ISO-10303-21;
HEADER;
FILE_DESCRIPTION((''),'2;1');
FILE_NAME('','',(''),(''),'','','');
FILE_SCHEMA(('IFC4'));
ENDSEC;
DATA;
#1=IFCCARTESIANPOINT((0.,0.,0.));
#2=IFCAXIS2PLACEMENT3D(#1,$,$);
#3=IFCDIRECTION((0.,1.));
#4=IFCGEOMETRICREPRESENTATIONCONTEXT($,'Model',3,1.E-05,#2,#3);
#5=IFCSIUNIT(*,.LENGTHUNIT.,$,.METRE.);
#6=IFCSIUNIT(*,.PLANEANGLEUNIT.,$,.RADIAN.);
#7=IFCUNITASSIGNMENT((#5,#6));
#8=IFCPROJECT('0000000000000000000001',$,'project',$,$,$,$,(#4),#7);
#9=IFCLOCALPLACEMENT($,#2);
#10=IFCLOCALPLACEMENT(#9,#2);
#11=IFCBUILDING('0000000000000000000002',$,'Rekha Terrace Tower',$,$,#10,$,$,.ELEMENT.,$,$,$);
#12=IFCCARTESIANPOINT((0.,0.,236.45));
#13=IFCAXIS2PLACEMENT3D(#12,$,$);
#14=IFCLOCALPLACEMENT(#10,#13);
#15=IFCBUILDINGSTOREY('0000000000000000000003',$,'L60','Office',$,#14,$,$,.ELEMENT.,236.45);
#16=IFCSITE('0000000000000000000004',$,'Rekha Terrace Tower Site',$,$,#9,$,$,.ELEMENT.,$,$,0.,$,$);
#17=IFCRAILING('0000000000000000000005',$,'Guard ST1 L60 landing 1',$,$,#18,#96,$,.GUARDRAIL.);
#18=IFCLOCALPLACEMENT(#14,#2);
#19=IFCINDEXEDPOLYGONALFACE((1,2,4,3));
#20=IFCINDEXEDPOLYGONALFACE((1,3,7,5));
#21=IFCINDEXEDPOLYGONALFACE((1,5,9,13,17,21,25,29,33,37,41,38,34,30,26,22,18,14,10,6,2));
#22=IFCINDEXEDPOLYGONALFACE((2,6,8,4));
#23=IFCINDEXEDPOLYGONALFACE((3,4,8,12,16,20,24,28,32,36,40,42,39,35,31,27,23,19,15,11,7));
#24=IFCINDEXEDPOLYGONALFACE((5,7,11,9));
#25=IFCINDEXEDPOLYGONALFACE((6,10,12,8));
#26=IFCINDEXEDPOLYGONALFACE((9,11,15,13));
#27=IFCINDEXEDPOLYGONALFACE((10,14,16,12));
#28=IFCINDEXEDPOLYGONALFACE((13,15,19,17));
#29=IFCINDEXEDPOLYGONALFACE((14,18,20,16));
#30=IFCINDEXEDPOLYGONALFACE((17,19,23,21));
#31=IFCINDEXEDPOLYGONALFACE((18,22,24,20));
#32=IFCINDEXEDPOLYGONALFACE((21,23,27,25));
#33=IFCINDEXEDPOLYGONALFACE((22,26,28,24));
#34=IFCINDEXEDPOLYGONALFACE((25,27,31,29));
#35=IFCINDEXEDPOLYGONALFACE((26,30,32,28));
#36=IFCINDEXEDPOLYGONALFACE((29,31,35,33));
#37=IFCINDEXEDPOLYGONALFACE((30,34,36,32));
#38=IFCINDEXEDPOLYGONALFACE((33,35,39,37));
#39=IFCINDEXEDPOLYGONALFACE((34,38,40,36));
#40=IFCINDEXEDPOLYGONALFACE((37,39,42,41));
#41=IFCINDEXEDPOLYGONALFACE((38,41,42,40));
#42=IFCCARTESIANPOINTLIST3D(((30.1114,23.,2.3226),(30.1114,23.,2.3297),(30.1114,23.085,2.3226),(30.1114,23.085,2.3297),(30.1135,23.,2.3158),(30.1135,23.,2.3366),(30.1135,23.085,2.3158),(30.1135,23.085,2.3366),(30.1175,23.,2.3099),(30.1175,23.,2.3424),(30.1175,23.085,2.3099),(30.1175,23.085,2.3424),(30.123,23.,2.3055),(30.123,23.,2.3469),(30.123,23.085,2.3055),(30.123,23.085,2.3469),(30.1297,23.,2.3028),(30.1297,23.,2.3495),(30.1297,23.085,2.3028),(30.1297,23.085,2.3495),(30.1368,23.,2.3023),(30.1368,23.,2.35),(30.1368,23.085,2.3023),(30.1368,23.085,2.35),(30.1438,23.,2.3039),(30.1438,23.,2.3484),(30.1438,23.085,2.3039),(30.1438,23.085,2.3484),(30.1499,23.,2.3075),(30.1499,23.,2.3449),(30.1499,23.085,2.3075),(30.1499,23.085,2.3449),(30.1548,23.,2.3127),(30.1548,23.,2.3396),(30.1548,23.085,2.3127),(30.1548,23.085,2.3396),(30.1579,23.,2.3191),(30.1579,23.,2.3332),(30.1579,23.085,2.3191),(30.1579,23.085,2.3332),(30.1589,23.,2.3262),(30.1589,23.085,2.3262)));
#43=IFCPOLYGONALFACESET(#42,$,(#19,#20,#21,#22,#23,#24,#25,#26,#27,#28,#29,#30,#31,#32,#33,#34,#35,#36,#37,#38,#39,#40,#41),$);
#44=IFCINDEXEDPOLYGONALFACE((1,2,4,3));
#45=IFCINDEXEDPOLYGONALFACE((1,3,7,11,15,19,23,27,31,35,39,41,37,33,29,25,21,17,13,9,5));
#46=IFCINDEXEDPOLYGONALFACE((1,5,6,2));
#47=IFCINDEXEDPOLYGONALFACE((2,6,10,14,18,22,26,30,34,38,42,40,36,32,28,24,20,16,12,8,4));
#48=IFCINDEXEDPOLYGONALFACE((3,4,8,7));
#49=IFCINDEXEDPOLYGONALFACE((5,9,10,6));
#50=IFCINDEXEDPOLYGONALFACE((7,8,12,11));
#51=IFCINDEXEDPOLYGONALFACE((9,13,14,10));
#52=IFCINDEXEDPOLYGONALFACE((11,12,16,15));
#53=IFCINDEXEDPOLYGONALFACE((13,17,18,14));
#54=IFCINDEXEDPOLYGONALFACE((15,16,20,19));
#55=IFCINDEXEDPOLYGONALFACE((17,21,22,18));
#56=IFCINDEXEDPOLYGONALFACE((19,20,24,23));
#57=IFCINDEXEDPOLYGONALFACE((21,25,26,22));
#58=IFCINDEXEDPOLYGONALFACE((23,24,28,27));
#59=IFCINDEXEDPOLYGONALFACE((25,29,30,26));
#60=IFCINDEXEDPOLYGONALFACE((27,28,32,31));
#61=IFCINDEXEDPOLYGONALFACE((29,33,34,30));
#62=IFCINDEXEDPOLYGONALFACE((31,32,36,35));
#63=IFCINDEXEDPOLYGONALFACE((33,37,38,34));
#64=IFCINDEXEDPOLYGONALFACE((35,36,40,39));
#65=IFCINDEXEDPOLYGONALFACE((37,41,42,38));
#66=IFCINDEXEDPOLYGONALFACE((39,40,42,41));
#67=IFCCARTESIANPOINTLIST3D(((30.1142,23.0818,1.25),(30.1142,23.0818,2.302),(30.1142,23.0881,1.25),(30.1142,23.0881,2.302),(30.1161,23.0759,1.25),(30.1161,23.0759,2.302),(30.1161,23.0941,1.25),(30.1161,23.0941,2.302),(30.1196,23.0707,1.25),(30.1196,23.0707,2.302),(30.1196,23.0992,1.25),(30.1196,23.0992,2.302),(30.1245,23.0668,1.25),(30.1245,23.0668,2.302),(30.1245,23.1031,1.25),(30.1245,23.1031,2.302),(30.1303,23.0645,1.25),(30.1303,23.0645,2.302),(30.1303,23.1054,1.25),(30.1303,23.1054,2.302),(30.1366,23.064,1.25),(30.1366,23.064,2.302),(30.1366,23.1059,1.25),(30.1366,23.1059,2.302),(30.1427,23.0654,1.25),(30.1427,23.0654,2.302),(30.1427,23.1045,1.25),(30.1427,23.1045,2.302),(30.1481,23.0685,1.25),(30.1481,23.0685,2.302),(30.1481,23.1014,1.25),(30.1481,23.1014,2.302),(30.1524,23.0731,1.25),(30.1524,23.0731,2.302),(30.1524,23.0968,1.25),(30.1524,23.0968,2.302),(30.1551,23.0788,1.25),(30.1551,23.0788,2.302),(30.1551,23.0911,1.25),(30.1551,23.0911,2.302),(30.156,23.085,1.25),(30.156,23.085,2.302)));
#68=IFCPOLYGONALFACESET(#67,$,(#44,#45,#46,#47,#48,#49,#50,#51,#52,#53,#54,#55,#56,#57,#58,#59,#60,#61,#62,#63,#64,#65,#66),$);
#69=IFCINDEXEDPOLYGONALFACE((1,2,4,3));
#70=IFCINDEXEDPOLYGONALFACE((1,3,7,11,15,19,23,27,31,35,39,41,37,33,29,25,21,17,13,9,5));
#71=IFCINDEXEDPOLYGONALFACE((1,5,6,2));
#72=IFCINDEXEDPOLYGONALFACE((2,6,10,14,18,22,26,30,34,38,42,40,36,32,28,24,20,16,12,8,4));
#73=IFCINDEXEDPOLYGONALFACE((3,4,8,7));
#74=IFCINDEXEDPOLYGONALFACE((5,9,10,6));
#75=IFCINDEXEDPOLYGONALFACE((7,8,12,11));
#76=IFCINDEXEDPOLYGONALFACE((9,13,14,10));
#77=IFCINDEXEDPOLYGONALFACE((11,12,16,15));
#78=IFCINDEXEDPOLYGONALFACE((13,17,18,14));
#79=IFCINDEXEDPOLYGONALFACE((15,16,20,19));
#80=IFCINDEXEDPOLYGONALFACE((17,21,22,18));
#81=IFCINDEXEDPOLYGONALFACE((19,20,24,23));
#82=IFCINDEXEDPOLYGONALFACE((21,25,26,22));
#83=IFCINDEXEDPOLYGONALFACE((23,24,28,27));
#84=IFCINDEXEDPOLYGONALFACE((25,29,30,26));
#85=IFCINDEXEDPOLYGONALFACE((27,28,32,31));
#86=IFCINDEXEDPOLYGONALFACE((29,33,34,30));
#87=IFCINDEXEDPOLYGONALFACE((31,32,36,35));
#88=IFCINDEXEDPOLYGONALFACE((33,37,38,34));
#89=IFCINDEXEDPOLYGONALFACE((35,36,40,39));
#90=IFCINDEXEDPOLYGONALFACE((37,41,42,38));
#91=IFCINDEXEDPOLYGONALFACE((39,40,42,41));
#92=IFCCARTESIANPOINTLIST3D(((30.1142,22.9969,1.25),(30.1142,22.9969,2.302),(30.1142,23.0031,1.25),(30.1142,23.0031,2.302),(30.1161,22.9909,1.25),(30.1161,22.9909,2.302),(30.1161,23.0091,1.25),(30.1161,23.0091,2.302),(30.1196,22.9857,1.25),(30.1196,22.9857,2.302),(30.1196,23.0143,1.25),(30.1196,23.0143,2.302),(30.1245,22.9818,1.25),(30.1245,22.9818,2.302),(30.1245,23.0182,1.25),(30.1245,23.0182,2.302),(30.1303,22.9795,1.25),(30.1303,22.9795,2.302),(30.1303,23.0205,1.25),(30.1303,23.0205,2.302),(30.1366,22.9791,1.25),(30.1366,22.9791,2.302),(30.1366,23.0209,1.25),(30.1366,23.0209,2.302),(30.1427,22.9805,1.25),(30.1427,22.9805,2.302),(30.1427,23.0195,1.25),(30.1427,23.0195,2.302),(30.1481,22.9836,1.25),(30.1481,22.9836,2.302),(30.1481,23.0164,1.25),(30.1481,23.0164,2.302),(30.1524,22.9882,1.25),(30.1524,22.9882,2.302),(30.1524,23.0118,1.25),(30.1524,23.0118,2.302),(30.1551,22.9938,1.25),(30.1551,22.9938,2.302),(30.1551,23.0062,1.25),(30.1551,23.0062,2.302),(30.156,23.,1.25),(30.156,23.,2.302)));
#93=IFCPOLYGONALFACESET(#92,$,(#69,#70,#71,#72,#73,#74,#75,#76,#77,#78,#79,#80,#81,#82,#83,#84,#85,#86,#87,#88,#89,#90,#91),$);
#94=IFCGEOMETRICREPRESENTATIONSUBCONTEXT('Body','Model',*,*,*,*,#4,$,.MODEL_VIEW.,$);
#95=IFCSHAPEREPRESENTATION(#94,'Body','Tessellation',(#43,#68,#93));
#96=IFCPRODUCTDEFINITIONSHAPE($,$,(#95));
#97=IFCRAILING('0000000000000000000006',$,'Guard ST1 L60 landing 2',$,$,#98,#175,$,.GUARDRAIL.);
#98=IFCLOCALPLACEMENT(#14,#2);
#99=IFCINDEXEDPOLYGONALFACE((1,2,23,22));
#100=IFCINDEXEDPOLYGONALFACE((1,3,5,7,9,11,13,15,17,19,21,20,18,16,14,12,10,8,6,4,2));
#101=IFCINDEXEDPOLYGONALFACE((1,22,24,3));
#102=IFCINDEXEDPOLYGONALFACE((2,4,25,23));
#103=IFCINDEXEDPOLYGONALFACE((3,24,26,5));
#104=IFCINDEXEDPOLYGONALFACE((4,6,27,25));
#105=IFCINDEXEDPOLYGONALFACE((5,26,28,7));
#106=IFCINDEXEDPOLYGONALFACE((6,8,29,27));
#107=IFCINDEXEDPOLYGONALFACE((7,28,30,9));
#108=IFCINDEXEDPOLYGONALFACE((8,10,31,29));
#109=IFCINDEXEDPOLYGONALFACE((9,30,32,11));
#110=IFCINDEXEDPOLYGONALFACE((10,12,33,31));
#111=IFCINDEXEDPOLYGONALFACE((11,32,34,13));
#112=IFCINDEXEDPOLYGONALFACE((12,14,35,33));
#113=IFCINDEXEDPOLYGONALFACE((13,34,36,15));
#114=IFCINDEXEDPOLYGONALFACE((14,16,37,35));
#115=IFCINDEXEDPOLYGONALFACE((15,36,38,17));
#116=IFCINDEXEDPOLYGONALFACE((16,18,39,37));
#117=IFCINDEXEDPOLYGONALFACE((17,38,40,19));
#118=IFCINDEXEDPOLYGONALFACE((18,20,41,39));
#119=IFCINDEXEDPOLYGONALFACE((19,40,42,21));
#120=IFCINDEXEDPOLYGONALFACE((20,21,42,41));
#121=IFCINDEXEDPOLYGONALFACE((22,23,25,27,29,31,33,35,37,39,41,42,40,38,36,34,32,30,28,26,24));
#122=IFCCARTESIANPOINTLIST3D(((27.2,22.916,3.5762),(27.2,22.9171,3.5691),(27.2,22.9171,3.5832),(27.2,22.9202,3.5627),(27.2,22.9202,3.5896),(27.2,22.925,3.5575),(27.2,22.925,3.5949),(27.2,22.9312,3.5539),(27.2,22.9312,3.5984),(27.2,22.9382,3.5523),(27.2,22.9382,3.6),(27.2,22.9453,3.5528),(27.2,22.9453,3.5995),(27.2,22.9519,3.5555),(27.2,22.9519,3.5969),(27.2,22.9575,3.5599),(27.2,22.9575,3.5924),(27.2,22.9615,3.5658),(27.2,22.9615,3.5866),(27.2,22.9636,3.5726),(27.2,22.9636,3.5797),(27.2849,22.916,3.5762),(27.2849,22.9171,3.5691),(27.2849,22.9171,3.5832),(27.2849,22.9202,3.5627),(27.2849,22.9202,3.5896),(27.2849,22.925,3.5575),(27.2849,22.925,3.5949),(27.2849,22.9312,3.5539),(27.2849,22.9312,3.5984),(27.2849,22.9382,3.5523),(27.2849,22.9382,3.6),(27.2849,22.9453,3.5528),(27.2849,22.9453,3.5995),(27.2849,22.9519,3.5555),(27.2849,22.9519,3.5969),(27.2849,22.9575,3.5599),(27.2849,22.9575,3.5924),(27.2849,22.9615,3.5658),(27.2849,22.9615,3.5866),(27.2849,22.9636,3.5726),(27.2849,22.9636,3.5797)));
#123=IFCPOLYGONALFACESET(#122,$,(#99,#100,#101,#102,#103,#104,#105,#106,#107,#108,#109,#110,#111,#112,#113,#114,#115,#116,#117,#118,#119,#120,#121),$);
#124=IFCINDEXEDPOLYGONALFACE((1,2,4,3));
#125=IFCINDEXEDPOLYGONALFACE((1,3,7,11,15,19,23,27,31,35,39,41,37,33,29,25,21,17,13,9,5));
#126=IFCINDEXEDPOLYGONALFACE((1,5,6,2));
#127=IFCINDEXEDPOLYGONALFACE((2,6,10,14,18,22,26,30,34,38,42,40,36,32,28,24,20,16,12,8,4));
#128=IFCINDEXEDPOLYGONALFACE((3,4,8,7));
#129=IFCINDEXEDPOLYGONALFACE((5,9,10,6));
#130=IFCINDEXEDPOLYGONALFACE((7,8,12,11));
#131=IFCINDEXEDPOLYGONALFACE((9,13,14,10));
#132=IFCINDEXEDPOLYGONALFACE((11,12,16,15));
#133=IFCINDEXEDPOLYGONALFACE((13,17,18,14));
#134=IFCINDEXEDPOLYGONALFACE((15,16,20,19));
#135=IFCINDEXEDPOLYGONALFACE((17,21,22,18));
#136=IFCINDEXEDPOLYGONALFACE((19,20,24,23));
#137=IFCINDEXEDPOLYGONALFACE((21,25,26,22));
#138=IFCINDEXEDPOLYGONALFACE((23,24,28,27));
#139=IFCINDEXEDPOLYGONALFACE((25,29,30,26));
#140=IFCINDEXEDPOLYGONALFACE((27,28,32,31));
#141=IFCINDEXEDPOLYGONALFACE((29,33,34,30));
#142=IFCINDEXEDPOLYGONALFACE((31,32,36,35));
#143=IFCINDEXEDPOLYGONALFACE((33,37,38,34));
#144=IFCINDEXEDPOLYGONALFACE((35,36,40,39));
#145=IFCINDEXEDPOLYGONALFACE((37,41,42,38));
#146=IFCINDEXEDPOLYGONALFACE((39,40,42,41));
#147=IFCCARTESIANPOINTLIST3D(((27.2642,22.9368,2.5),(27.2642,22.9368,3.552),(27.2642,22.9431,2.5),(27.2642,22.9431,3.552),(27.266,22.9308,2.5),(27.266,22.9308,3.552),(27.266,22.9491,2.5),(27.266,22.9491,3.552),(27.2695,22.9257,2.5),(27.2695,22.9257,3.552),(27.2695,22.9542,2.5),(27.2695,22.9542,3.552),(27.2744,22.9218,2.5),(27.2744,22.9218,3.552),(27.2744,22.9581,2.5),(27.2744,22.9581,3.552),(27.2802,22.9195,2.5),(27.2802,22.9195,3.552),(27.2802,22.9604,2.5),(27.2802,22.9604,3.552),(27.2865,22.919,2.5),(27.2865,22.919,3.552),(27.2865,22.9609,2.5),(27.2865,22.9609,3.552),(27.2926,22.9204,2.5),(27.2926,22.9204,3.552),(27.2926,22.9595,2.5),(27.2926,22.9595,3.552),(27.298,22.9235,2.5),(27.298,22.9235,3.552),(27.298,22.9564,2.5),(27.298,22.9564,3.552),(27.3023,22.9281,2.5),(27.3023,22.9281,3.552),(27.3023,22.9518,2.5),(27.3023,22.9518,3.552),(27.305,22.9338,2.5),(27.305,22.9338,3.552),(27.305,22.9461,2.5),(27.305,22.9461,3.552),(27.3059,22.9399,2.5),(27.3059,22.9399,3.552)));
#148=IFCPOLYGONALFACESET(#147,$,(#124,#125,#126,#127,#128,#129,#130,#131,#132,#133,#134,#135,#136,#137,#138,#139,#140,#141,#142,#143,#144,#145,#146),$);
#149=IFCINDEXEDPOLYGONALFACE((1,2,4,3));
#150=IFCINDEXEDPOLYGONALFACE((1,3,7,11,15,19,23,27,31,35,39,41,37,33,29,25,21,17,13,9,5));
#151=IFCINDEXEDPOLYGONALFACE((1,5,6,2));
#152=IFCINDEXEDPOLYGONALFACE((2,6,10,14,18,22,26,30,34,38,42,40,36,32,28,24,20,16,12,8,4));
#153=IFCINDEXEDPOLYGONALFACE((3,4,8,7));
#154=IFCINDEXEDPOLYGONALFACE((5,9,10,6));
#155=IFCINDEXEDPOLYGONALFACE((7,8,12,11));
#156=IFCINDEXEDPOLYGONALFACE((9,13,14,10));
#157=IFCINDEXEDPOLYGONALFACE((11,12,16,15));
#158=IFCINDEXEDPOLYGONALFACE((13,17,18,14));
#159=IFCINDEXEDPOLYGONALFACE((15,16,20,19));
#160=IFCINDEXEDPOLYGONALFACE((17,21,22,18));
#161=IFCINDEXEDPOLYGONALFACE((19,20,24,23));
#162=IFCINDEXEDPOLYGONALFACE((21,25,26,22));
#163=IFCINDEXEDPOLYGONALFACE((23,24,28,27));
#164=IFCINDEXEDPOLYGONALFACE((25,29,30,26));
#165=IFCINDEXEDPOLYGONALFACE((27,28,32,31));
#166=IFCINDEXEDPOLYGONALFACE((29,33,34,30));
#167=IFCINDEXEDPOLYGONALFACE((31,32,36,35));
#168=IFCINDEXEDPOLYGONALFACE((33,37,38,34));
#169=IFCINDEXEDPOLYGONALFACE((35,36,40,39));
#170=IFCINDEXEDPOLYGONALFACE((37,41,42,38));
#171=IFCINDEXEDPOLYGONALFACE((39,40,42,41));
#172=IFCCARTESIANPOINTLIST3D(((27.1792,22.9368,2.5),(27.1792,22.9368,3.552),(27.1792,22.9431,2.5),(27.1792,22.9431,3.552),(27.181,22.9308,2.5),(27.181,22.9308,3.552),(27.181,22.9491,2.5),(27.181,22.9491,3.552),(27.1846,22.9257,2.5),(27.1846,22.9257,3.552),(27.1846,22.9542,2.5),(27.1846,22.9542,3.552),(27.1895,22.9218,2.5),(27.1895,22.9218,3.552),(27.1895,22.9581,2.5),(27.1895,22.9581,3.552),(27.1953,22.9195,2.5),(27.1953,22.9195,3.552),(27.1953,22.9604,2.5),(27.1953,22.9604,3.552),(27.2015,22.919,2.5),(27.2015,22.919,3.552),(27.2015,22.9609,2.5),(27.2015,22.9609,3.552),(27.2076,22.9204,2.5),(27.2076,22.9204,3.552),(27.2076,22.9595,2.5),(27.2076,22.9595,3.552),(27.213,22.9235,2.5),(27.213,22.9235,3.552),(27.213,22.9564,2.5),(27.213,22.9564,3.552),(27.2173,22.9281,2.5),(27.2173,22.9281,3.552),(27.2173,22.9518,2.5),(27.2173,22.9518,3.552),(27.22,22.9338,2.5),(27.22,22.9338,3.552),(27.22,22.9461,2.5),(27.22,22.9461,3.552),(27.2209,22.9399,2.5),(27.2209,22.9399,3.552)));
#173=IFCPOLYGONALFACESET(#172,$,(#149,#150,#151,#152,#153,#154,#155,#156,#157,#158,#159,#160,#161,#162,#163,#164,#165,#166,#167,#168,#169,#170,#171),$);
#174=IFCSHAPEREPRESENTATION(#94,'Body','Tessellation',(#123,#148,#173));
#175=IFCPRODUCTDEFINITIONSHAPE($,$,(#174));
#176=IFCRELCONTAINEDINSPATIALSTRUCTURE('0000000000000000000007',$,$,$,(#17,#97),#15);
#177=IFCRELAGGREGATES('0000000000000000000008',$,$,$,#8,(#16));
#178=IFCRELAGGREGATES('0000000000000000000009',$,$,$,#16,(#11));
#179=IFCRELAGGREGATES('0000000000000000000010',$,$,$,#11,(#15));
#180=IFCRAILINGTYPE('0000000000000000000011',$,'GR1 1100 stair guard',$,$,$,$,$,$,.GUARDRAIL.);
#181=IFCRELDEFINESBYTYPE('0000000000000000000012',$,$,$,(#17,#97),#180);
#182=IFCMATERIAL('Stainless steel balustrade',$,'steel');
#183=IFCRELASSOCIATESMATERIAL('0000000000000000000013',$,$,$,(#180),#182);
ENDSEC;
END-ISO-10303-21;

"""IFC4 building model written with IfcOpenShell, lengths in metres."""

from ifc_helpers import new_model, si_unit, direction, frame, origin, origin_2d, place, context, subcontext, project, spatial, circle, extrude, material, type_object, element, save


model = new_model("IFC4")

# Units and contexts
model_context = context("Model", 3, precision=1e-05, world=origin(), true_north=direction((0.0, 1.0)))
body_context = subcontext(model_context, "Body", "Model", "MODEL_VIEW")
ifc_project = project(units=[si_unit("LENGTHUNIT", "METRE"), si_unit("PLANEANGLEUNIT", "RADIAN")], contexts=[model_context])

# Site, building, storey
site_placement = place(None, origin())
site = spatial("IfcSite", under=ifc_project, at=site_placement, Name="Rekha Terrace Tower Site", CompositionType="ELEMENT", RefElevation=0.0)
building_placement = place(site_placement, origin())
building = spatial("IfcBuilding", under=site, at=building_placement, Name="Rekha Terrace Tower", CompositionType="ELEMENT")
storey_placement = place(building_placement, frame((0.0, 0.0, 236.45)))
storey = spatial("IfcBuildingStorey", under=building, at=storey_placement, Name="L60", Description="Office", CompositionType="ELEMENT", Elevation=236.45)

# Railings
ifc_material_1 = material(Name="Stainless steel balustrade", Category="steel")
railing_type_1 = type_object("IfcRailingType", Name="GR1 1100 stair guard", PredefinedType="GUARDRAIL", material=ifc_material_1)
railing_1_placement = place(storey_placement, frame((30.135, 23.085, 1.25)))
element("IfcRailing", 1, at=railing_1_placement, inside=storey, type_object=railing_type_1, Name="Guard ST1 L60 landing 1", PredefinedType="GUARDRAIL", context=body_context, shape_type="SweptSolid", body=[
    extrude(circle(Radius=0.0239, at=origin_2d()), frame((0.0, 0.0, 1.0762), z_axis=(0.0, -1.0, 0.0), x_axis=(1.0, 0.0, 0.0)), (0.0, 0.0, 1.0), 0.085),
    extrude(circle(Radius=0.021, at=origin_2d()), origin(), (0.0, 0.0, 1.0), 1.052),
    extrude(circle(Radius=0.021, at=origin_2d()), frame((0.0, -0.085, 0.0)), (0.0, 0.0, 1.0), 1.052),
])
railing_2_placement = place(storey_placement, frame((27.2849, 22.9399, 2.5)))
element("IfcRailing", 2, at=railing_2_placement, inside=storey, type_object=railing_type_1, Name="Guard ST1 L60 landing 2", PredefinedType="GUARDRAIL", context=body_context, shape_type="SweptSolid", body=[
    extrude(circle(Radius=0.0239, at=origin_2d()), frame((0.0, 0.0, 1.0762), z_axis=(-1.0, 0.0, 0.0), x_axis=(0.0, -1.0, 0.0)), (0.0, 0.0, 1.0), 0.085),
    extrude(circle(Radius=0.021, at=origin_2d()), origin(), (0.0, 0.0, 1.0), 1.052),
    extrude(circle(Radius=0.021, at=origin_2d()), frame((-0.085, 0.0, 0.0)), (0.0, 0.0, 1.0), 1.052),
])

save(model, "model.ifc")
